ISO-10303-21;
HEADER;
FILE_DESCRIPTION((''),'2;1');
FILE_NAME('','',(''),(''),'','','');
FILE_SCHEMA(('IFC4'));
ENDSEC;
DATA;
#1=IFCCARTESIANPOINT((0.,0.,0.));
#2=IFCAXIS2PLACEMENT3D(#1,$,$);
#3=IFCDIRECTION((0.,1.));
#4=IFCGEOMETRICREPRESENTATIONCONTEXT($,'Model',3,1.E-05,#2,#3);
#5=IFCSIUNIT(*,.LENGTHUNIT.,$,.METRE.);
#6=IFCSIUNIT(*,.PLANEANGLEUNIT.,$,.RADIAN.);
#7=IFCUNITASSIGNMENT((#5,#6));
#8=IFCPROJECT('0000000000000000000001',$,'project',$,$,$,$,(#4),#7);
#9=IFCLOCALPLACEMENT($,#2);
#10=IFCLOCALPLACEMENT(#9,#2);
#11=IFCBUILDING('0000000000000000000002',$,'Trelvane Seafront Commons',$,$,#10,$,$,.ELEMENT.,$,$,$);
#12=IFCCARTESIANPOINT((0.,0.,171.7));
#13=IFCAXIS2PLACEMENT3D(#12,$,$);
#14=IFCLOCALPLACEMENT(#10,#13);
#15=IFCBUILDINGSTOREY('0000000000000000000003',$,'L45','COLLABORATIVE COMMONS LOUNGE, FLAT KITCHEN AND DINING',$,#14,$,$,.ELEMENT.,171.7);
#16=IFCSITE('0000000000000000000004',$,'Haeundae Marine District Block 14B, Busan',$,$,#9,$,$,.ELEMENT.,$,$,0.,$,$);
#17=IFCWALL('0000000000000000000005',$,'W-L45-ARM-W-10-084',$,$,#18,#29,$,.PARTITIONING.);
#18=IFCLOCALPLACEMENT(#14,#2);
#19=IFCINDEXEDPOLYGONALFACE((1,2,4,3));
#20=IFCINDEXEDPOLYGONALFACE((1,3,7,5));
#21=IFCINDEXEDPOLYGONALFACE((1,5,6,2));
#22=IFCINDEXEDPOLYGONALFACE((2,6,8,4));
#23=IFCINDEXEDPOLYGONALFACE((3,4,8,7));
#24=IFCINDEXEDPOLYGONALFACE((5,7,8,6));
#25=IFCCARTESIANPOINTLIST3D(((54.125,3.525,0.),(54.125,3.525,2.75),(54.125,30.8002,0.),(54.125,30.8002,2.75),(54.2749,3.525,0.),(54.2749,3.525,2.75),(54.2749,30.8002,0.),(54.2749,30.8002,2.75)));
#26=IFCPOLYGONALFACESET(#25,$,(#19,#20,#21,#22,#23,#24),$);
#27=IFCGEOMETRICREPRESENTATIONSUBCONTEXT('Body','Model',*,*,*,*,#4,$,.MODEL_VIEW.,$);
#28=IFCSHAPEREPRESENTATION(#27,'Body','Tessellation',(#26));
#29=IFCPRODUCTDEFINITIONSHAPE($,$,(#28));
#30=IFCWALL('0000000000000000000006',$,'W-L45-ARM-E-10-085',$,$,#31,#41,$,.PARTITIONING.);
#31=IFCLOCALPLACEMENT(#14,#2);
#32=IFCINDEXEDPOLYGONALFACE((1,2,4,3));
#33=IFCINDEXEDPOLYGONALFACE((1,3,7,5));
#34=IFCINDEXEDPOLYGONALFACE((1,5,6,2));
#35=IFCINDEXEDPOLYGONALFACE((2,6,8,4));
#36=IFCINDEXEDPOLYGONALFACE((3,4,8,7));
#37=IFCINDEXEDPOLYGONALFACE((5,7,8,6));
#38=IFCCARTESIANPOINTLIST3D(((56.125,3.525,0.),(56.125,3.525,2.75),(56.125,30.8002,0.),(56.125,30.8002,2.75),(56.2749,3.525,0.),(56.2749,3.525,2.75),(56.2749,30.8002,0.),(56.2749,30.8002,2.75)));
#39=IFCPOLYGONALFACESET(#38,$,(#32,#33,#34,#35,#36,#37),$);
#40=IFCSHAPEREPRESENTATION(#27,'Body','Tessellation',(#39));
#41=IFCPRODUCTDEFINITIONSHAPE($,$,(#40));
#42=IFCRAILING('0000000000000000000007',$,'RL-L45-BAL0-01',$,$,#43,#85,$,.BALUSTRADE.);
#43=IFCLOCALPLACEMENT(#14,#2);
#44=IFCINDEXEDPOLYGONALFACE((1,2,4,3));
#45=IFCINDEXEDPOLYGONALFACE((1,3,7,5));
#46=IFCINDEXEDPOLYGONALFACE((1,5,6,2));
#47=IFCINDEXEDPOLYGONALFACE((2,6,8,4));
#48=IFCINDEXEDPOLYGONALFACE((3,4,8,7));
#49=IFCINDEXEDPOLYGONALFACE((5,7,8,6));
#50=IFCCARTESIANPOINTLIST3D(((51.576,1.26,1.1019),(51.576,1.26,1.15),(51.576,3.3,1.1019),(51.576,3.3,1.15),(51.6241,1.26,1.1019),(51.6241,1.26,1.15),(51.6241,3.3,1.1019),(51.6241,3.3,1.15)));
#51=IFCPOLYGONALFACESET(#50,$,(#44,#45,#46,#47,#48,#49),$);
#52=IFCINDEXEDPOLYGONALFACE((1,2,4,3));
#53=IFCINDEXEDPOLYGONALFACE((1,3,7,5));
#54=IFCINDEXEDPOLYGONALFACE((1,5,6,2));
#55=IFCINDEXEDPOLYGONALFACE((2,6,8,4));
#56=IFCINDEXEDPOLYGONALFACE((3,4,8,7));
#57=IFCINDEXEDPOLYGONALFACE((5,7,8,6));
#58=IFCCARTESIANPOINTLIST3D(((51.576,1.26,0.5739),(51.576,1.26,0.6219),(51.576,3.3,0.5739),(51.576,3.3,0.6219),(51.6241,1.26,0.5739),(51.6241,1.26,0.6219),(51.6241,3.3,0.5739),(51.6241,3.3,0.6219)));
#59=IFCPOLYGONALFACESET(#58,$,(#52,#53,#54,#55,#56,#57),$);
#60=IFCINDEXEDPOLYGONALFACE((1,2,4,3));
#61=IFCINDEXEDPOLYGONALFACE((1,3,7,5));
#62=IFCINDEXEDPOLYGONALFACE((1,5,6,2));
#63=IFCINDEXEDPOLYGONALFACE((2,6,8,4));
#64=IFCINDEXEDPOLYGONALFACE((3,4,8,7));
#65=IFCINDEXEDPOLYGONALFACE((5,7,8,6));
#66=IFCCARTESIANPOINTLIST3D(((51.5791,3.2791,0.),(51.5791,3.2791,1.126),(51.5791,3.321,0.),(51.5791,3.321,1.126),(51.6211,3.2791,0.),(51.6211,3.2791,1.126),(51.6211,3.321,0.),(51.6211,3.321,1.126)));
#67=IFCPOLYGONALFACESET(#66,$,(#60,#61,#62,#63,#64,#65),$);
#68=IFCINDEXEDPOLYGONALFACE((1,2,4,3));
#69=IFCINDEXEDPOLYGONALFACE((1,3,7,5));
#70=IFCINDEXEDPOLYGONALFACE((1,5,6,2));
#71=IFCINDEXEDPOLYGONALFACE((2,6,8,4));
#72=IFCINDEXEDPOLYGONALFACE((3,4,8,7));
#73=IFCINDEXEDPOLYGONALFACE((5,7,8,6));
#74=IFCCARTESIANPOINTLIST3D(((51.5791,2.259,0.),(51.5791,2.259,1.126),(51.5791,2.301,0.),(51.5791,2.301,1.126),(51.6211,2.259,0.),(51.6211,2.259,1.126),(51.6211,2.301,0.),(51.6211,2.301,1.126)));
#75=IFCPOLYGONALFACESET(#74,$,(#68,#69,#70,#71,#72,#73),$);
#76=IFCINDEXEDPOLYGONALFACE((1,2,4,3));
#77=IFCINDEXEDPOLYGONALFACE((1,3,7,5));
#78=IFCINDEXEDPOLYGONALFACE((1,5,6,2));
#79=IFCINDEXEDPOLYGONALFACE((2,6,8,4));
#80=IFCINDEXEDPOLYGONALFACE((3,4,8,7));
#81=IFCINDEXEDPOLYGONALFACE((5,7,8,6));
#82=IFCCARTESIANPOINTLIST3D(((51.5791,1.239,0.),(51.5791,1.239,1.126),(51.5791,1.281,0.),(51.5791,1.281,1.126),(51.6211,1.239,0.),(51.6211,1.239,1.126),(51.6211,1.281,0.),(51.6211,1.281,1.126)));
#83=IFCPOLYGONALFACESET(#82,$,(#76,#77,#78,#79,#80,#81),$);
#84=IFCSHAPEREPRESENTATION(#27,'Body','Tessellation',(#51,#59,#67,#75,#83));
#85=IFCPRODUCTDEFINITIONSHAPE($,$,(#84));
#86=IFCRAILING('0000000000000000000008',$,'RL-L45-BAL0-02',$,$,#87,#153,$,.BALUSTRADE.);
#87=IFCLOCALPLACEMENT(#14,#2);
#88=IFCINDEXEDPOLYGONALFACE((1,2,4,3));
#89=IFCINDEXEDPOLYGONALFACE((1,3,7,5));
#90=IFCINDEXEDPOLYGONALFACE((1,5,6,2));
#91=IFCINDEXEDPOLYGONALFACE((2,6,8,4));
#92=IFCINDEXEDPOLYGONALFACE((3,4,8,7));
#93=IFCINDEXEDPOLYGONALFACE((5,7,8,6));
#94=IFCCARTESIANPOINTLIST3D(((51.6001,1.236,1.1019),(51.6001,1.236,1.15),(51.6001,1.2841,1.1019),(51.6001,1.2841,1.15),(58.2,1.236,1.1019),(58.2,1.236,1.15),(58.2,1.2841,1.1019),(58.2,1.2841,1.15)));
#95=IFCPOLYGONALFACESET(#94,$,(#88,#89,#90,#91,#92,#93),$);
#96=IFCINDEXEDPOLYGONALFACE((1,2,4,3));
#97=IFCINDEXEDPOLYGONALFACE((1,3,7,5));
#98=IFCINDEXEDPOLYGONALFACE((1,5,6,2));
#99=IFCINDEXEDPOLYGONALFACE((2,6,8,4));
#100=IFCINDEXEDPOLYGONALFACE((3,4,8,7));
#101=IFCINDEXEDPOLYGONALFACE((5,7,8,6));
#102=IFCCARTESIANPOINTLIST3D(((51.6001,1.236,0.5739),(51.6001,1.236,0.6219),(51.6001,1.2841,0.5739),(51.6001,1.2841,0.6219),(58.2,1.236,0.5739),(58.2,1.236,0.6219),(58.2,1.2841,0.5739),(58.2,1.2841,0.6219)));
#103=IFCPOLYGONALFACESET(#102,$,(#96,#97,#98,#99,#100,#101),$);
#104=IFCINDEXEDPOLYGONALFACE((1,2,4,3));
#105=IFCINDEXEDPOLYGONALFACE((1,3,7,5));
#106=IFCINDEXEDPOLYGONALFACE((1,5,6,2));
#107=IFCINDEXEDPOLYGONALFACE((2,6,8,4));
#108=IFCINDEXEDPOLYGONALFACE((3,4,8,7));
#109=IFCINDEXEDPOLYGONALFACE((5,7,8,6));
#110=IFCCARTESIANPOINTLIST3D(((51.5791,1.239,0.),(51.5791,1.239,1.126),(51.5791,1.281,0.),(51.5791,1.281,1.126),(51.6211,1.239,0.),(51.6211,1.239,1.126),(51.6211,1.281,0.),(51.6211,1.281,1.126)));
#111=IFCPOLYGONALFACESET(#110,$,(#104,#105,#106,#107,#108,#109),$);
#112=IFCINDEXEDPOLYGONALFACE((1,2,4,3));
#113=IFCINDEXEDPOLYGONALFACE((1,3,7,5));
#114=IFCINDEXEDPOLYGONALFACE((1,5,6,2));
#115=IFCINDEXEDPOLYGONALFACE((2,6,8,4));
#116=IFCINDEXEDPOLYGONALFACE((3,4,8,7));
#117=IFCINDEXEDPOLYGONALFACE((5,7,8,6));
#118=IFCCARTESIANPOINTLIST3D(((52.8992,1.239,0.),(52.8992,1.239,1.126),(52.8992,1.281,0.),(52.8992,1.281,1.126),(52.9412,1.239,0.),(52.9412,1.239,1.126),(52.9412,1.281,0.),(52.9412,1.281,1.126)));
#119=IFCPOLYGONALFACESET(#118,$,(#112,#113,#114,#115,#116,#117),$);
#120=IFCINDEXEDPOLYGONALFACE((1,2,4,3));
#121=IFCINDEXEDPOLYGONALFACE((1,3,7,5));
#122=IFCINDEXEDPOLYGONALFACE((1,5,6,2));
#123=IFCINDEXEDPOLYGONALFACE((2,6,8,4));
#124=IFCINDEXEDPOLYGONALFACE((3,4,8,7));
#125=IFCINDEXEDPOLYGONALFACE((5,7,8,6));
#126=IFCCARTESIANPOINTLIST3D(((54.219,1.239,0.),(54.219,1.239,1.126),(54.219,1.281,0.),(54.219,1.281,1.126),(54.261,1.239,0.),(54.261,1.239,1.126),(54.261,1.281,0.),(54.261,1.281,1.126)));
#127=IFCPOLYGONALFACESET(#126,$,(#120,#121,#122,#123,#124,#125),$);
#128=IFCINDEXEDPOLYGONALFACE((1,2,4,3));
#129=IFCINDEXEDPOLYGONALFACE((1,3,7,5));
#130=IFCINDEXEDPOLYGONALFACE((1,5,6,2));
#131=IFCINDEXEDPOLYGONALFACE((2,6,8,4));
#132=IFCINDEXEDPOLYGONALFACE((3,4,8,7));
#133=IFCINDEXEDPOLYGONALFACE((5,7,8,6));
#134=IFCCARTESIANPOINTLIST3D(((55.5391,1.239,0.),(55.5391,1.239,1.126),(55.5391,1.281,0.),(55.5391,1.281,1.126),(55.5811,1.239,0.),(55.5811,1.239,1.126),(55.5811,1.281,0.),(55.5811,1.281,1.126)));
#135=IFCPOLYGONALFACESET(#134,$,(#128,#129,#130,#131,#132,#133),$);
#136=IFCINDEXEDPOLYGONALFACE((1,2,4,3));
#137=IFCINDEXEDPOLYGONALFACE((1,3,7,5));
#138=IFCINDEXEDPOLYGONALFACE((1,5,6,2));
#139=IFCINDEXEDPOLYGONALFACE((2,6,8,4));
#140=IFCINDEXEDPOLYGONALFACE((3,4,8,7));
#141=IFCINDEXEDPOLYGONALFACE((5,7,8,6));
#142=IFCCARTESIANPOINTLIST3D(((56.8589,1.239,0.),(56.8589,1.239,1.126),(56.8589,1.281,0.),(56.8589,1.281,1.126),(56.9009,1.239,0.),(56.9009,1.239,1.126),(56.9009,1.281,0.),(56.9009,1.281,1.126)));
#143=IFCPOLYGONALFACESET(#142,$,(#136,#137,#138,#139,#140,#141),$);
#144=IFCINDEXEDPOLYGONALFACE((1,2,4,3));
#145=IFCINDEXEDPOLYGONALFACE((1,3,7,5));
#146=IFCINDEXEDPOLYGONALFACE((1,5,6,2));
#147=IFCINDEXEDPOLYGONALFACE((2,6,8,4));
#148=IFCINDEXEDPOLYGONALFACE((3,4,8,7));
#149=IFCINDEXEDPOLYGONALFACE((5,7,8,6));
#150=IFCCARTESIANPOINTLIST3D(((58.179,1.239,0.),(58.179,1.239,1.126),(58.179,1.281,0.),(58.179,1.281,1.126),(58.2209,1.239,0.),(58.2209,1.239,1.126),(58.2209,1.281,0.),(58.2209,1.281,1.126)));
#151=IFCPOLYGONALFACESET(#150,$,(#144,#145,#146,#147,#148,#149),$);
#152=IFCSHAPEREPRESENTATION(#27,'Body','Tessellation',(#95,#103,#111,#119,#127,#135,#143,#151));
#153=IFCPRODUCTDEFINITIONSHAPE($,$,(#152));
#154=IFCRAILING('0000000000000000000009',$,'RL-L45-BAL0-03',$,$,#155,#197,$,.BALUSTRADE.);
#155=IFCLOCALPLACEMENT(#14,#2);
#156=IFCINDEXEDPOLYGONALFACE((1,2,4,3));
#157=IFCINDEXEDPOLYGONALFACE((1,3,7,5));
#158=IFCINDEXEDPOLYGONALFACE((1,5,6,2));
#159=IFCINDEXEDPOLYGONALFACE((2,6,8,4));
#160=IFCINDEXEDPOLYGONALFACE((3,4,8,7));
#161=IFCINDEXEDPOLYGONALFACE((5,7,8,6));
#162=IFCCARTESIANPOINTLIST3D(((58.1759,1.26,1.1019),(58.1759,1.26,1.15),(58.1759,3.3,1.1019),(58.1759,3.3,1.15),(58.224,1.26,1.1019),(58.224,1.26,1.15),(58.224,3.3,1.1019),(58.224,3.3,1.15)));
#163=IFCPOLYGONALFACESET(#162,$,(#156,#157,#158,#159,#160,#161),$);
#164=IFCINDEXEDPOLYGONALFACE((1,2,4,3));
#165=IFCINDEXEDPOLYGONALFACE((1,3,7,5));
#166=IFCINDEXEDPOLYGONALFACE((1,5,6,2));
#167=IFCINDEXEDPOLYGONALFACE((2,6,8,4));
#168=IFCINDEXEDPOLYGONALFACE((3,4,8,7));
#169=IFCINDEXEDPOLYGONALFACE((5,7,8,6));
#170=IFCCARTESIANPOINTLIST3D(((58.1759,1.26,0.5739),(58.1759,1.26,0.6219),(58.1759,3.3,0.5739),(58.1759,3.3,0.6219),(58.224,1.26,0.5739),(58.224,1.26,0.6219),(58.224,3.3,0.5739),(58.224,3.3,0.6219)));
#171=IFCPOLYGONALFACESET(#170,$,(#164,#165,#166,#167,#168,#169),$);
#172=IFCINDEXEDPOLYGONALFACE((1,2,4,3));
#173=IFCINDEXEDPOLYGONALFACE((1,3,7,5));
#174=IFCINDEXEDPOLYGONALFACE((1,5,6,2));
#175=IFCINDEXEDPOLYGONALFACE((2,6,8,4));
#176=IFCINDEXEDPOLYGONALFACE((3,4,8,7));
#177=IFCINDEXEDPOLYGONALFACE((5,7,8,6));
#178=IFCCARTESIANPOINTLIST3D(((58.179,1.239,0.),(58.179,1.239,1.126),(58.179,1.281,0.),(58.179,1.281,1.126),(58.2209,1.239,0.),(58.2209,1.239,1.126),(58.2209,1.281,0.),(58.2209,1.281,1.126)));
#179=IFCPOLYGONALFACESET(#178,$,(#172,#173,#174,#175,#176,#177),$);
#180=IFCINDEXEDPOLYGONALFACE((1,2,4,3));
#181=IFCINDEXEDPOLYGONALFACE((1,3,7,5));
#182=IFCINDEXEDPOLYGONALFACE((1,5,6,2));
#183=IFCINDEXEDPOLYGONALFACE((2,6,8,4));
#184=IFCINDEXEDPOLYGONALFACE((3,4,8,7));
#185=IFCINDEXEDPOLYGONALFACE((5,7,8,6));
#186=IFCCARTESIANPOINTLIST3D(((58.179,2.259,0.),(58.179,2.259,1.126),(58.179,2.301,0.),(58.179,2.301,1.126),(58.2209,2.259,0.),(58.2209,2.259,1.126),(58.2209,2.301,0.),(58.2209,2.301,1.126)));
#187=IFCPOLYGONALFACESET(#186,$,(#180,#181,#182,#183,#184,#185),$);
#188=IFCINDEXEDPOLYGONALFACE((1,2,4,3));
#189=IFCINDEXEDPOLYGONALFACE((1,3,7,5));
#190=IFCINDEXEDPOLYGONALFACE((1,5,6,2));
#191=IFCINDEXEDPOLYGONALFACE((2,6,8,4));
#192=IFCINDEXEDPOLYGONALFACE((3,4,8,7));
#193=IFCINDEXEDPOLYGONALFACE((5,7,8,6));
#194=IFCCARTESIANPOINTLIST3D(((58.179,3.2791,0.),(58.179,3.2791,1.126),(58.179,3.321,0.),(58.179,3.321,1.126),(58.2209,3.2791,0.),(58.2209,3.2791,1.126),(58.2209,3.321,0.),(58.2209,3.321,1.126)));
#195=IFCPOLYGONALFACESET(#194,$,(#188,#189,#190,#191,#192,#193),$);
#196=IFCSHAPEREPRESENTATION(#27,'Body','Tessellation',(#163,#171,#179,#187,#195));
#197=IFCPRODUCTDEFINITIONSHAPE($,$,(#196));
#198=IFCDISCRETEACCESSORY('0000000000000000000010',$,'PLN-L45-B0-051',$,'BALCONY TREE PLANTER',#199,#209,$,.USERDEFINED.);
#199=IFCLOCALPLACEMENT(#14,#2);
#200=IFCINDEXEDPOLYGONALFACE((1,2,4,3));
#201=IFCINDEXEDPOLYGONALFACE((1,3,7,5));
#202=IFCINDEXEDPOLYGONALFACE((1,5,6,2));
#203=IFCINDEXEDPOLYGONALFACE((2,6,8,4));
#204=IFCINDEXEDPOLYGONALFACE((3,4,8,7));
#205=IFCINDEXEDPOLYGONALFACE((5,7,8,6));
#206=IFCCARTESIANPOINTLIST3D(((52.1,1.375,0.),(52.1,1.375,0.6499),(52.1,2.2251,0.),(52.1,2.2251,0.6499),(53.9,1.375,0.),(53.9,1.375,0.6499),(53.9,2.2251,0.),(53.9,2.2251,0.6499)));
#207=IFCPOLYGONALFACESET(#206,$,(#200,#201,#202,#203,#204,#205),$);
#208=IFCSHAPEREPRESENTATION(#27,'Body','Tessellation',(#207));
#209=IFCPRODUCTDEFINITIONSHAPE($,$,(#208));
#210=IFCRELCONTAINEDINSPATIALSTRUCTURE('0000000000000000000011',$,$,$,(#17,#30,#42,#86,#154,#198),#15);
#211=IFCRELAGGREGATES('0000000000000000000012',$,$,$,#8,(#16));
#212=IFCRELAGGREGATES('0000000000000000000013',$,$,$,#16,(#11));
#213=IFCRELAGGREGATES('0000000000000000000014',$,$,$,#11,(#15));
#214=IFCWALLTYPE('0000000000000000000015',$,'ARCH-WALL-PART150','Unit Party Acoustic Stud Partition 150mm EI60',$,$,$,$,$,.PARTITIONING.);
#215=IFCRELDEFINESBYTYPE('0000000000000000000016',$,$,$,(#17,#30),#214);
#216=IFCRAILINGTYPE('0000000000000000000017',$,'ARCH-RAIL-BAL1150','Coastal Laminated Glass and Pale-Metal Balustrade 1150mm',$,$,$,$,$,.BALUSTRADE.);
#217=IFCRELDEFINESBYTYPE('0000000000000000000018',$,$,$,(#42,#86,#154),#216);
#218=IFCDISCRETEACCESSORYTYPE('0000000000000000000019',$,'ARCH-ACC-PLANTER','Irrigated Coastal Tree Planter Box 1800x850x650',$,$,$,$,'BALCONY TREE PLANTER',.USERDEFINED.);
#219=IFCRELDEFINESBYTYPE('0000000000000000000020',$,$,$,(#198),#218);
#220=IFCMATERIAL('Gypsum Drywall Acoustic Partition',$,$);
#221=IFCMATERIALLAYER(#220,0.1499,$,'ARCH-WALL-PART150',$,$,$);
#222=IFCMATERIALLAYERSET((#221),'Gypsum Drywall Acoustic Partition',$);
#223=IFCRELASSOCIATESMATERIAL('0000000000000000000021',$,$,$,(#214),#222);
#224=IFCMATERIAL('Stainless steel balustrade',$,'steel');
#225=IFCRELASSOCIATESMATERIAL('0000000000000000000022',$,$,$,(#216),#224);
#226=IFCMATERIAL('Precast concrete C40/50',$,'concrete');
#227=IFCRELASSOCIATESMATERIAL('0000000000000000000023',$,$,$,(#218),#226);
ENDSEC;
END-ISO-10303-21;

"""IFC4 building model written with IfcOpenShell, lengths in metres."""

from ifc_helpers import new_model, si_unit, direction, frame, frame_2d, origin, origin_2d, place, context, subcontext, project, spatial, rectangle, extrude, source, transform, mapped, material, layer, layer_set, type_object, element, save


model = new_model("IFC4")

# Units and contexts
model_context = context("Model", 3, precision=1e-05, world=origin(), true_north=direction((0.0, 1.0)))
body_context = subcontext(model_context, "Body", "Model", "MODEL_VIEW")
ifc_project = project(units=[si_unit("LENGTHUNIT", "METRE"), si_unit("PLANEANGLEUNIT", "RADIAN")], contexts=[model_context])

# Site, building, storey
site_placement = place(None, origin())
site = spatial("IfcSite", under=ifc_project, at=site_placement, Name="Haeundae Marine District Block 14B, Busan", CompositionType="ELEMENT", RefElevation=0.0)
building_placement = place(site_placement, origin())
building = spatial("IfcBuilding", under=site, at=building_placement, Name="Trelvane Seafront Commons", CompositionType="ELEMENT")
storey_placement = place(building_placement, frame((0.0, 0.0, 171.7)))
storey = spatial("IfcBuildingStorey", under=building, at=storey_placement, Name="L45", Description="COLLABORATIVE COMMONS LOUNGE, FLAT KITCHEN AND DINING", CompositionType="ELEMENT", Elevation=171.7)

# Shared definitions
ifc_material_1 = material(Name="Precast concrete C40/50", Category="concrete")

# Shared definitions
ifc_material_2 = material(Name="Gypsum Drywall Acoustic Partition")

# Walls
ifc_layer_1 = layer(ifc_material_2, 0.1499, Name="ARCH-WALL-PART150")
ifc_layer_set_1 = layer_set([ifc_layer_1], Name="Gypsum Drywall Acoustic Partition")
wall_type_1 = type_object("IfcWallType", Name="ARCH-WALL-PART150", Description="Unit Party Acoustic Stud Partition 150mm EI60", PredefinedType="PARTITIONING", material=ifc_layer_set_1)
for number, where, z_axis, x_axis, name in (
    (1, (54.2, 3.5249, 0.0), (0.0, 0.0, 1.0), (0.0, 1.0, 0.0), "W-L45-ARM-W-10-084"),
    (2, (56.2, 3.5249, 0.0), (0.0, 0.0, 1.0), (0.0, 1.0, 0.0), "W-L45-ARM-E-10-085"),
):
    element("IfcWall", number, at=place(storey_placement, frame(where, z_axis=z_axis, x_axis=x_axis)), inside=storey, type_object=wall_type_1, Name=name, PredefinedType="PARTITIONING", context=body_context, shape_type="SweptSolid", body=[
        extrude(rectangle(XDim=27.2751, YDim=0.1499, at=frame_2d((13.6377, 0.0))), origin(), (0.0, 0.0, 1.0), 2.75),
    ])

# Railings
ifc_material_3 = material(Name="Stainless steel balustrade", Category="steel")
railing_type = type_object("IfcRailingType", Name="ARCH-RAIL-BAL1150", Description="Coastal Laminated Glass and Pale-Metal Balustrade 1150mm", PredefinedType="BALUSTRADE", material=ifc_material_3)
railing_1_placement = place(storey_placement, frame((51.6001, 3.3, 0.0)))
element("IfcRailing", 3, at=railing_1_placement, inside=storey, type_object=railing_type, Name="RL-L45-BAL0-01", PredefinedType="BALUSTRADE", context=body_context, shape_type="SweptSolid", body=[
    extrude(rectangle(XDim=0.0481, YDim=0.0481, at=origin_2d()), frame((0.0, 0.0, 1.126), z_axis=(0.0, -1.0, 0.0), x_axis=(1.0, 0.0, 0.0)), (0.0, 0.0, 1.0), 2.04),
    extrude(rectangle(XDim=0.0481, YDim=0.0481, at=origin_2d()), frame((0.0, 0.0, 0.5979), z_axis=(0.0, -1.0, 0.0), x_axis=(1.0, 0.0, 0.0)), (0.0, 0.0, 1.0), 2.04),
    extrude(rectangle(XDim=0.042, YDim=0.042, at=origin_2d()), origin(), (0.0, 0.0, 1.0), 1.126),
    extrude(rectangle(XDim=0.042, YDim=0.042, at=origin_2d()), frame((0.0, -1.02, 0.0)), (0.0, 0.0, 1.0), 1.126),
    extrude(rectangle(XDim=0.042, YDim=0.042, at=origin_2d()), frame((0.0, -2.04, 0.0)), (0.0, 0.0, 1.0), 1.126),
])
railing_2_placement = place(storey_placement, frame((51.6001, 1.26, 0.0)))
element("IfcRailing", 4, at=railing_2_placement, inside=storey, type_object=railing_type, Name="RL-L45-BAL0-02", PredefinedType="BALUSTRADE", context=body_context, shape_type="SweptSolid", body=[
    extrude(rectangle(XDim=0.0481, YDim=0.0481, at=origin_2d()), frame((0.0, 0.0, 1.126), z_axis=(1.0, 0.0, 0.0), x_axis=(0.0, 1.0, 0.0)), (0.0, 0.0, 1.0), 6.5999),
    extrude(rectangle(XDim=0.0481, YDim=0.0481, at=origin_2d()), frame((0.0, 0.0, 0.5979), z_axis=(1.0, 0.0, 0.0), x_axis=(0.0, 1.0, 0.0)), (0.0, 0.0, 1.0), 6.5999),
    extrude(rectangle(XDim=0.042, YDim=0.042, at=origin_2d()), origin(), (0.0, 0.0, 1.0), 1.126),
    extrude(rectangle(XDim=0.042, YDim=0.042, at=origin_2d()), frame((1.3201, 0.0, 0.0)), (0.0, 0.0, 1.0), 1.126),
    extrude(rectangle(XDim=0.042, YDim=0.042, at=origin_2d()), frame((2.6399, 0.0, 0.0)), (0.0, 0.0, 1.0), 1.126),
    extrude(rectangle(XDim=0.042, YDim=0.042, at=origin_2d()), frame((3.96, 0.0, 0.0)), (0.0, 0.0, 1.0), 1.126),
    extrude(rectangle(XDim=0.042, YDim=0.042, at=origin_2d()), frame((5.2798, 0.0, 0.0)), (0.0, 0.0, 1.0), 1.126),
    extrude(rectangle(XDim=0.042, YDim=0.042, at=origin_2d()), frame((6.5999, 0.0, 0.0)), (0.0, 0.0, 1.0), 1.126),
])
railing_3_placement = place(storey_placement, frame((58.2, 1.26, 0.0)))
element("IfcRailing", 5, at=railing_3_placement, inside=storey, type_object=railing_type, Name="RL-L45-BAL0-03", PredefinedType="BALUSTRADE", context=body_context, shape_type="SweptSolid", body=[
    extrude(rectangle(XDim=0.0481, YDim=0.0481, at=origin_2d()), frame((0.0, 0.0, 1.126), z_axis=(0.0, 1.0, 0.0), x_axis=(-1.0, 0.0, 0.0)), (0.0, 0.0, 1.0), 2.04),
    extrude(rectangle(XDim=0.0481, YDim=0.0481, at=origin_2d()), frame((0.0, 0.0, 0.5979), z_axis=(0.0, 1.0, 0.0), x_axis=(-1.0, 0.0, 0.0)), (0.0, 0.0, 1.0), 2.04),
    extrude(rectangle(XDim=0.042, YDim=0.042, at=origin_2d()), origin(), (0.0, 0.0, 1.0), 1.126),
    extrude(rectangle(XDim=0.042, YDim=0.042, at=origin_2d()), frame((0.0, 1.02, 0.0)), (0.0, 0.0, 1.0), 1.126),
    extrude(rectangle(XDim=0.042, YDim=0.042, at=origin_2d()), frame((0.0, 2.04, 0.0)), (0.0, 0.0, 1.0), 1.126),
])

# Discrete accessory
discrete_accessory_type = type_object("IfcDiscreteAccessoryType", Name="ARCH-ACC-PLANTER", Description="Irrigated Coastal Tree Planter Box 1800x850x650", ElementType="BALCONY TREE PLANTER", PredefinedType="USERDEFINED", material=ifc_material_1)
shared_shape_1 = source(origin(), body_context, "Body", "SweptSolid", [
    extrude(rectangle(XDim=1.8, YDim=0.8501, at=origin_2d()), origin(), (0.0, 0.0, 1.0), 0.6499),
])
discrete_accessory_placement = place(storey_placement, frame((53.0, 1.8, 0.0), z_axis=(0.0, 0.0, 1.0), x_axis=(1.0, 0.0, 0.0)))
element("IfcDiscreteAccessory", 6, at=discrete_accessory_placement, inside=storey, type_object=discrete_accessory_type, Name="PLN-L45-B0-051", ObjectType="BALCONY TREE PLANTER", PredefinedType="USERDEFINED", context=body_context, shape_type="MappedRepresentation", body=[
    mapped(shared_shape_1, transform((0.0, 0.0, 0.0), x_axis=(1.0, 0.0, 0.0), y_axis=(0.0, 1.0, 0.0), z_axis=(0.0, 0.0, 1.0), scale=1.0)),
])

save(model, "model.ifc")
